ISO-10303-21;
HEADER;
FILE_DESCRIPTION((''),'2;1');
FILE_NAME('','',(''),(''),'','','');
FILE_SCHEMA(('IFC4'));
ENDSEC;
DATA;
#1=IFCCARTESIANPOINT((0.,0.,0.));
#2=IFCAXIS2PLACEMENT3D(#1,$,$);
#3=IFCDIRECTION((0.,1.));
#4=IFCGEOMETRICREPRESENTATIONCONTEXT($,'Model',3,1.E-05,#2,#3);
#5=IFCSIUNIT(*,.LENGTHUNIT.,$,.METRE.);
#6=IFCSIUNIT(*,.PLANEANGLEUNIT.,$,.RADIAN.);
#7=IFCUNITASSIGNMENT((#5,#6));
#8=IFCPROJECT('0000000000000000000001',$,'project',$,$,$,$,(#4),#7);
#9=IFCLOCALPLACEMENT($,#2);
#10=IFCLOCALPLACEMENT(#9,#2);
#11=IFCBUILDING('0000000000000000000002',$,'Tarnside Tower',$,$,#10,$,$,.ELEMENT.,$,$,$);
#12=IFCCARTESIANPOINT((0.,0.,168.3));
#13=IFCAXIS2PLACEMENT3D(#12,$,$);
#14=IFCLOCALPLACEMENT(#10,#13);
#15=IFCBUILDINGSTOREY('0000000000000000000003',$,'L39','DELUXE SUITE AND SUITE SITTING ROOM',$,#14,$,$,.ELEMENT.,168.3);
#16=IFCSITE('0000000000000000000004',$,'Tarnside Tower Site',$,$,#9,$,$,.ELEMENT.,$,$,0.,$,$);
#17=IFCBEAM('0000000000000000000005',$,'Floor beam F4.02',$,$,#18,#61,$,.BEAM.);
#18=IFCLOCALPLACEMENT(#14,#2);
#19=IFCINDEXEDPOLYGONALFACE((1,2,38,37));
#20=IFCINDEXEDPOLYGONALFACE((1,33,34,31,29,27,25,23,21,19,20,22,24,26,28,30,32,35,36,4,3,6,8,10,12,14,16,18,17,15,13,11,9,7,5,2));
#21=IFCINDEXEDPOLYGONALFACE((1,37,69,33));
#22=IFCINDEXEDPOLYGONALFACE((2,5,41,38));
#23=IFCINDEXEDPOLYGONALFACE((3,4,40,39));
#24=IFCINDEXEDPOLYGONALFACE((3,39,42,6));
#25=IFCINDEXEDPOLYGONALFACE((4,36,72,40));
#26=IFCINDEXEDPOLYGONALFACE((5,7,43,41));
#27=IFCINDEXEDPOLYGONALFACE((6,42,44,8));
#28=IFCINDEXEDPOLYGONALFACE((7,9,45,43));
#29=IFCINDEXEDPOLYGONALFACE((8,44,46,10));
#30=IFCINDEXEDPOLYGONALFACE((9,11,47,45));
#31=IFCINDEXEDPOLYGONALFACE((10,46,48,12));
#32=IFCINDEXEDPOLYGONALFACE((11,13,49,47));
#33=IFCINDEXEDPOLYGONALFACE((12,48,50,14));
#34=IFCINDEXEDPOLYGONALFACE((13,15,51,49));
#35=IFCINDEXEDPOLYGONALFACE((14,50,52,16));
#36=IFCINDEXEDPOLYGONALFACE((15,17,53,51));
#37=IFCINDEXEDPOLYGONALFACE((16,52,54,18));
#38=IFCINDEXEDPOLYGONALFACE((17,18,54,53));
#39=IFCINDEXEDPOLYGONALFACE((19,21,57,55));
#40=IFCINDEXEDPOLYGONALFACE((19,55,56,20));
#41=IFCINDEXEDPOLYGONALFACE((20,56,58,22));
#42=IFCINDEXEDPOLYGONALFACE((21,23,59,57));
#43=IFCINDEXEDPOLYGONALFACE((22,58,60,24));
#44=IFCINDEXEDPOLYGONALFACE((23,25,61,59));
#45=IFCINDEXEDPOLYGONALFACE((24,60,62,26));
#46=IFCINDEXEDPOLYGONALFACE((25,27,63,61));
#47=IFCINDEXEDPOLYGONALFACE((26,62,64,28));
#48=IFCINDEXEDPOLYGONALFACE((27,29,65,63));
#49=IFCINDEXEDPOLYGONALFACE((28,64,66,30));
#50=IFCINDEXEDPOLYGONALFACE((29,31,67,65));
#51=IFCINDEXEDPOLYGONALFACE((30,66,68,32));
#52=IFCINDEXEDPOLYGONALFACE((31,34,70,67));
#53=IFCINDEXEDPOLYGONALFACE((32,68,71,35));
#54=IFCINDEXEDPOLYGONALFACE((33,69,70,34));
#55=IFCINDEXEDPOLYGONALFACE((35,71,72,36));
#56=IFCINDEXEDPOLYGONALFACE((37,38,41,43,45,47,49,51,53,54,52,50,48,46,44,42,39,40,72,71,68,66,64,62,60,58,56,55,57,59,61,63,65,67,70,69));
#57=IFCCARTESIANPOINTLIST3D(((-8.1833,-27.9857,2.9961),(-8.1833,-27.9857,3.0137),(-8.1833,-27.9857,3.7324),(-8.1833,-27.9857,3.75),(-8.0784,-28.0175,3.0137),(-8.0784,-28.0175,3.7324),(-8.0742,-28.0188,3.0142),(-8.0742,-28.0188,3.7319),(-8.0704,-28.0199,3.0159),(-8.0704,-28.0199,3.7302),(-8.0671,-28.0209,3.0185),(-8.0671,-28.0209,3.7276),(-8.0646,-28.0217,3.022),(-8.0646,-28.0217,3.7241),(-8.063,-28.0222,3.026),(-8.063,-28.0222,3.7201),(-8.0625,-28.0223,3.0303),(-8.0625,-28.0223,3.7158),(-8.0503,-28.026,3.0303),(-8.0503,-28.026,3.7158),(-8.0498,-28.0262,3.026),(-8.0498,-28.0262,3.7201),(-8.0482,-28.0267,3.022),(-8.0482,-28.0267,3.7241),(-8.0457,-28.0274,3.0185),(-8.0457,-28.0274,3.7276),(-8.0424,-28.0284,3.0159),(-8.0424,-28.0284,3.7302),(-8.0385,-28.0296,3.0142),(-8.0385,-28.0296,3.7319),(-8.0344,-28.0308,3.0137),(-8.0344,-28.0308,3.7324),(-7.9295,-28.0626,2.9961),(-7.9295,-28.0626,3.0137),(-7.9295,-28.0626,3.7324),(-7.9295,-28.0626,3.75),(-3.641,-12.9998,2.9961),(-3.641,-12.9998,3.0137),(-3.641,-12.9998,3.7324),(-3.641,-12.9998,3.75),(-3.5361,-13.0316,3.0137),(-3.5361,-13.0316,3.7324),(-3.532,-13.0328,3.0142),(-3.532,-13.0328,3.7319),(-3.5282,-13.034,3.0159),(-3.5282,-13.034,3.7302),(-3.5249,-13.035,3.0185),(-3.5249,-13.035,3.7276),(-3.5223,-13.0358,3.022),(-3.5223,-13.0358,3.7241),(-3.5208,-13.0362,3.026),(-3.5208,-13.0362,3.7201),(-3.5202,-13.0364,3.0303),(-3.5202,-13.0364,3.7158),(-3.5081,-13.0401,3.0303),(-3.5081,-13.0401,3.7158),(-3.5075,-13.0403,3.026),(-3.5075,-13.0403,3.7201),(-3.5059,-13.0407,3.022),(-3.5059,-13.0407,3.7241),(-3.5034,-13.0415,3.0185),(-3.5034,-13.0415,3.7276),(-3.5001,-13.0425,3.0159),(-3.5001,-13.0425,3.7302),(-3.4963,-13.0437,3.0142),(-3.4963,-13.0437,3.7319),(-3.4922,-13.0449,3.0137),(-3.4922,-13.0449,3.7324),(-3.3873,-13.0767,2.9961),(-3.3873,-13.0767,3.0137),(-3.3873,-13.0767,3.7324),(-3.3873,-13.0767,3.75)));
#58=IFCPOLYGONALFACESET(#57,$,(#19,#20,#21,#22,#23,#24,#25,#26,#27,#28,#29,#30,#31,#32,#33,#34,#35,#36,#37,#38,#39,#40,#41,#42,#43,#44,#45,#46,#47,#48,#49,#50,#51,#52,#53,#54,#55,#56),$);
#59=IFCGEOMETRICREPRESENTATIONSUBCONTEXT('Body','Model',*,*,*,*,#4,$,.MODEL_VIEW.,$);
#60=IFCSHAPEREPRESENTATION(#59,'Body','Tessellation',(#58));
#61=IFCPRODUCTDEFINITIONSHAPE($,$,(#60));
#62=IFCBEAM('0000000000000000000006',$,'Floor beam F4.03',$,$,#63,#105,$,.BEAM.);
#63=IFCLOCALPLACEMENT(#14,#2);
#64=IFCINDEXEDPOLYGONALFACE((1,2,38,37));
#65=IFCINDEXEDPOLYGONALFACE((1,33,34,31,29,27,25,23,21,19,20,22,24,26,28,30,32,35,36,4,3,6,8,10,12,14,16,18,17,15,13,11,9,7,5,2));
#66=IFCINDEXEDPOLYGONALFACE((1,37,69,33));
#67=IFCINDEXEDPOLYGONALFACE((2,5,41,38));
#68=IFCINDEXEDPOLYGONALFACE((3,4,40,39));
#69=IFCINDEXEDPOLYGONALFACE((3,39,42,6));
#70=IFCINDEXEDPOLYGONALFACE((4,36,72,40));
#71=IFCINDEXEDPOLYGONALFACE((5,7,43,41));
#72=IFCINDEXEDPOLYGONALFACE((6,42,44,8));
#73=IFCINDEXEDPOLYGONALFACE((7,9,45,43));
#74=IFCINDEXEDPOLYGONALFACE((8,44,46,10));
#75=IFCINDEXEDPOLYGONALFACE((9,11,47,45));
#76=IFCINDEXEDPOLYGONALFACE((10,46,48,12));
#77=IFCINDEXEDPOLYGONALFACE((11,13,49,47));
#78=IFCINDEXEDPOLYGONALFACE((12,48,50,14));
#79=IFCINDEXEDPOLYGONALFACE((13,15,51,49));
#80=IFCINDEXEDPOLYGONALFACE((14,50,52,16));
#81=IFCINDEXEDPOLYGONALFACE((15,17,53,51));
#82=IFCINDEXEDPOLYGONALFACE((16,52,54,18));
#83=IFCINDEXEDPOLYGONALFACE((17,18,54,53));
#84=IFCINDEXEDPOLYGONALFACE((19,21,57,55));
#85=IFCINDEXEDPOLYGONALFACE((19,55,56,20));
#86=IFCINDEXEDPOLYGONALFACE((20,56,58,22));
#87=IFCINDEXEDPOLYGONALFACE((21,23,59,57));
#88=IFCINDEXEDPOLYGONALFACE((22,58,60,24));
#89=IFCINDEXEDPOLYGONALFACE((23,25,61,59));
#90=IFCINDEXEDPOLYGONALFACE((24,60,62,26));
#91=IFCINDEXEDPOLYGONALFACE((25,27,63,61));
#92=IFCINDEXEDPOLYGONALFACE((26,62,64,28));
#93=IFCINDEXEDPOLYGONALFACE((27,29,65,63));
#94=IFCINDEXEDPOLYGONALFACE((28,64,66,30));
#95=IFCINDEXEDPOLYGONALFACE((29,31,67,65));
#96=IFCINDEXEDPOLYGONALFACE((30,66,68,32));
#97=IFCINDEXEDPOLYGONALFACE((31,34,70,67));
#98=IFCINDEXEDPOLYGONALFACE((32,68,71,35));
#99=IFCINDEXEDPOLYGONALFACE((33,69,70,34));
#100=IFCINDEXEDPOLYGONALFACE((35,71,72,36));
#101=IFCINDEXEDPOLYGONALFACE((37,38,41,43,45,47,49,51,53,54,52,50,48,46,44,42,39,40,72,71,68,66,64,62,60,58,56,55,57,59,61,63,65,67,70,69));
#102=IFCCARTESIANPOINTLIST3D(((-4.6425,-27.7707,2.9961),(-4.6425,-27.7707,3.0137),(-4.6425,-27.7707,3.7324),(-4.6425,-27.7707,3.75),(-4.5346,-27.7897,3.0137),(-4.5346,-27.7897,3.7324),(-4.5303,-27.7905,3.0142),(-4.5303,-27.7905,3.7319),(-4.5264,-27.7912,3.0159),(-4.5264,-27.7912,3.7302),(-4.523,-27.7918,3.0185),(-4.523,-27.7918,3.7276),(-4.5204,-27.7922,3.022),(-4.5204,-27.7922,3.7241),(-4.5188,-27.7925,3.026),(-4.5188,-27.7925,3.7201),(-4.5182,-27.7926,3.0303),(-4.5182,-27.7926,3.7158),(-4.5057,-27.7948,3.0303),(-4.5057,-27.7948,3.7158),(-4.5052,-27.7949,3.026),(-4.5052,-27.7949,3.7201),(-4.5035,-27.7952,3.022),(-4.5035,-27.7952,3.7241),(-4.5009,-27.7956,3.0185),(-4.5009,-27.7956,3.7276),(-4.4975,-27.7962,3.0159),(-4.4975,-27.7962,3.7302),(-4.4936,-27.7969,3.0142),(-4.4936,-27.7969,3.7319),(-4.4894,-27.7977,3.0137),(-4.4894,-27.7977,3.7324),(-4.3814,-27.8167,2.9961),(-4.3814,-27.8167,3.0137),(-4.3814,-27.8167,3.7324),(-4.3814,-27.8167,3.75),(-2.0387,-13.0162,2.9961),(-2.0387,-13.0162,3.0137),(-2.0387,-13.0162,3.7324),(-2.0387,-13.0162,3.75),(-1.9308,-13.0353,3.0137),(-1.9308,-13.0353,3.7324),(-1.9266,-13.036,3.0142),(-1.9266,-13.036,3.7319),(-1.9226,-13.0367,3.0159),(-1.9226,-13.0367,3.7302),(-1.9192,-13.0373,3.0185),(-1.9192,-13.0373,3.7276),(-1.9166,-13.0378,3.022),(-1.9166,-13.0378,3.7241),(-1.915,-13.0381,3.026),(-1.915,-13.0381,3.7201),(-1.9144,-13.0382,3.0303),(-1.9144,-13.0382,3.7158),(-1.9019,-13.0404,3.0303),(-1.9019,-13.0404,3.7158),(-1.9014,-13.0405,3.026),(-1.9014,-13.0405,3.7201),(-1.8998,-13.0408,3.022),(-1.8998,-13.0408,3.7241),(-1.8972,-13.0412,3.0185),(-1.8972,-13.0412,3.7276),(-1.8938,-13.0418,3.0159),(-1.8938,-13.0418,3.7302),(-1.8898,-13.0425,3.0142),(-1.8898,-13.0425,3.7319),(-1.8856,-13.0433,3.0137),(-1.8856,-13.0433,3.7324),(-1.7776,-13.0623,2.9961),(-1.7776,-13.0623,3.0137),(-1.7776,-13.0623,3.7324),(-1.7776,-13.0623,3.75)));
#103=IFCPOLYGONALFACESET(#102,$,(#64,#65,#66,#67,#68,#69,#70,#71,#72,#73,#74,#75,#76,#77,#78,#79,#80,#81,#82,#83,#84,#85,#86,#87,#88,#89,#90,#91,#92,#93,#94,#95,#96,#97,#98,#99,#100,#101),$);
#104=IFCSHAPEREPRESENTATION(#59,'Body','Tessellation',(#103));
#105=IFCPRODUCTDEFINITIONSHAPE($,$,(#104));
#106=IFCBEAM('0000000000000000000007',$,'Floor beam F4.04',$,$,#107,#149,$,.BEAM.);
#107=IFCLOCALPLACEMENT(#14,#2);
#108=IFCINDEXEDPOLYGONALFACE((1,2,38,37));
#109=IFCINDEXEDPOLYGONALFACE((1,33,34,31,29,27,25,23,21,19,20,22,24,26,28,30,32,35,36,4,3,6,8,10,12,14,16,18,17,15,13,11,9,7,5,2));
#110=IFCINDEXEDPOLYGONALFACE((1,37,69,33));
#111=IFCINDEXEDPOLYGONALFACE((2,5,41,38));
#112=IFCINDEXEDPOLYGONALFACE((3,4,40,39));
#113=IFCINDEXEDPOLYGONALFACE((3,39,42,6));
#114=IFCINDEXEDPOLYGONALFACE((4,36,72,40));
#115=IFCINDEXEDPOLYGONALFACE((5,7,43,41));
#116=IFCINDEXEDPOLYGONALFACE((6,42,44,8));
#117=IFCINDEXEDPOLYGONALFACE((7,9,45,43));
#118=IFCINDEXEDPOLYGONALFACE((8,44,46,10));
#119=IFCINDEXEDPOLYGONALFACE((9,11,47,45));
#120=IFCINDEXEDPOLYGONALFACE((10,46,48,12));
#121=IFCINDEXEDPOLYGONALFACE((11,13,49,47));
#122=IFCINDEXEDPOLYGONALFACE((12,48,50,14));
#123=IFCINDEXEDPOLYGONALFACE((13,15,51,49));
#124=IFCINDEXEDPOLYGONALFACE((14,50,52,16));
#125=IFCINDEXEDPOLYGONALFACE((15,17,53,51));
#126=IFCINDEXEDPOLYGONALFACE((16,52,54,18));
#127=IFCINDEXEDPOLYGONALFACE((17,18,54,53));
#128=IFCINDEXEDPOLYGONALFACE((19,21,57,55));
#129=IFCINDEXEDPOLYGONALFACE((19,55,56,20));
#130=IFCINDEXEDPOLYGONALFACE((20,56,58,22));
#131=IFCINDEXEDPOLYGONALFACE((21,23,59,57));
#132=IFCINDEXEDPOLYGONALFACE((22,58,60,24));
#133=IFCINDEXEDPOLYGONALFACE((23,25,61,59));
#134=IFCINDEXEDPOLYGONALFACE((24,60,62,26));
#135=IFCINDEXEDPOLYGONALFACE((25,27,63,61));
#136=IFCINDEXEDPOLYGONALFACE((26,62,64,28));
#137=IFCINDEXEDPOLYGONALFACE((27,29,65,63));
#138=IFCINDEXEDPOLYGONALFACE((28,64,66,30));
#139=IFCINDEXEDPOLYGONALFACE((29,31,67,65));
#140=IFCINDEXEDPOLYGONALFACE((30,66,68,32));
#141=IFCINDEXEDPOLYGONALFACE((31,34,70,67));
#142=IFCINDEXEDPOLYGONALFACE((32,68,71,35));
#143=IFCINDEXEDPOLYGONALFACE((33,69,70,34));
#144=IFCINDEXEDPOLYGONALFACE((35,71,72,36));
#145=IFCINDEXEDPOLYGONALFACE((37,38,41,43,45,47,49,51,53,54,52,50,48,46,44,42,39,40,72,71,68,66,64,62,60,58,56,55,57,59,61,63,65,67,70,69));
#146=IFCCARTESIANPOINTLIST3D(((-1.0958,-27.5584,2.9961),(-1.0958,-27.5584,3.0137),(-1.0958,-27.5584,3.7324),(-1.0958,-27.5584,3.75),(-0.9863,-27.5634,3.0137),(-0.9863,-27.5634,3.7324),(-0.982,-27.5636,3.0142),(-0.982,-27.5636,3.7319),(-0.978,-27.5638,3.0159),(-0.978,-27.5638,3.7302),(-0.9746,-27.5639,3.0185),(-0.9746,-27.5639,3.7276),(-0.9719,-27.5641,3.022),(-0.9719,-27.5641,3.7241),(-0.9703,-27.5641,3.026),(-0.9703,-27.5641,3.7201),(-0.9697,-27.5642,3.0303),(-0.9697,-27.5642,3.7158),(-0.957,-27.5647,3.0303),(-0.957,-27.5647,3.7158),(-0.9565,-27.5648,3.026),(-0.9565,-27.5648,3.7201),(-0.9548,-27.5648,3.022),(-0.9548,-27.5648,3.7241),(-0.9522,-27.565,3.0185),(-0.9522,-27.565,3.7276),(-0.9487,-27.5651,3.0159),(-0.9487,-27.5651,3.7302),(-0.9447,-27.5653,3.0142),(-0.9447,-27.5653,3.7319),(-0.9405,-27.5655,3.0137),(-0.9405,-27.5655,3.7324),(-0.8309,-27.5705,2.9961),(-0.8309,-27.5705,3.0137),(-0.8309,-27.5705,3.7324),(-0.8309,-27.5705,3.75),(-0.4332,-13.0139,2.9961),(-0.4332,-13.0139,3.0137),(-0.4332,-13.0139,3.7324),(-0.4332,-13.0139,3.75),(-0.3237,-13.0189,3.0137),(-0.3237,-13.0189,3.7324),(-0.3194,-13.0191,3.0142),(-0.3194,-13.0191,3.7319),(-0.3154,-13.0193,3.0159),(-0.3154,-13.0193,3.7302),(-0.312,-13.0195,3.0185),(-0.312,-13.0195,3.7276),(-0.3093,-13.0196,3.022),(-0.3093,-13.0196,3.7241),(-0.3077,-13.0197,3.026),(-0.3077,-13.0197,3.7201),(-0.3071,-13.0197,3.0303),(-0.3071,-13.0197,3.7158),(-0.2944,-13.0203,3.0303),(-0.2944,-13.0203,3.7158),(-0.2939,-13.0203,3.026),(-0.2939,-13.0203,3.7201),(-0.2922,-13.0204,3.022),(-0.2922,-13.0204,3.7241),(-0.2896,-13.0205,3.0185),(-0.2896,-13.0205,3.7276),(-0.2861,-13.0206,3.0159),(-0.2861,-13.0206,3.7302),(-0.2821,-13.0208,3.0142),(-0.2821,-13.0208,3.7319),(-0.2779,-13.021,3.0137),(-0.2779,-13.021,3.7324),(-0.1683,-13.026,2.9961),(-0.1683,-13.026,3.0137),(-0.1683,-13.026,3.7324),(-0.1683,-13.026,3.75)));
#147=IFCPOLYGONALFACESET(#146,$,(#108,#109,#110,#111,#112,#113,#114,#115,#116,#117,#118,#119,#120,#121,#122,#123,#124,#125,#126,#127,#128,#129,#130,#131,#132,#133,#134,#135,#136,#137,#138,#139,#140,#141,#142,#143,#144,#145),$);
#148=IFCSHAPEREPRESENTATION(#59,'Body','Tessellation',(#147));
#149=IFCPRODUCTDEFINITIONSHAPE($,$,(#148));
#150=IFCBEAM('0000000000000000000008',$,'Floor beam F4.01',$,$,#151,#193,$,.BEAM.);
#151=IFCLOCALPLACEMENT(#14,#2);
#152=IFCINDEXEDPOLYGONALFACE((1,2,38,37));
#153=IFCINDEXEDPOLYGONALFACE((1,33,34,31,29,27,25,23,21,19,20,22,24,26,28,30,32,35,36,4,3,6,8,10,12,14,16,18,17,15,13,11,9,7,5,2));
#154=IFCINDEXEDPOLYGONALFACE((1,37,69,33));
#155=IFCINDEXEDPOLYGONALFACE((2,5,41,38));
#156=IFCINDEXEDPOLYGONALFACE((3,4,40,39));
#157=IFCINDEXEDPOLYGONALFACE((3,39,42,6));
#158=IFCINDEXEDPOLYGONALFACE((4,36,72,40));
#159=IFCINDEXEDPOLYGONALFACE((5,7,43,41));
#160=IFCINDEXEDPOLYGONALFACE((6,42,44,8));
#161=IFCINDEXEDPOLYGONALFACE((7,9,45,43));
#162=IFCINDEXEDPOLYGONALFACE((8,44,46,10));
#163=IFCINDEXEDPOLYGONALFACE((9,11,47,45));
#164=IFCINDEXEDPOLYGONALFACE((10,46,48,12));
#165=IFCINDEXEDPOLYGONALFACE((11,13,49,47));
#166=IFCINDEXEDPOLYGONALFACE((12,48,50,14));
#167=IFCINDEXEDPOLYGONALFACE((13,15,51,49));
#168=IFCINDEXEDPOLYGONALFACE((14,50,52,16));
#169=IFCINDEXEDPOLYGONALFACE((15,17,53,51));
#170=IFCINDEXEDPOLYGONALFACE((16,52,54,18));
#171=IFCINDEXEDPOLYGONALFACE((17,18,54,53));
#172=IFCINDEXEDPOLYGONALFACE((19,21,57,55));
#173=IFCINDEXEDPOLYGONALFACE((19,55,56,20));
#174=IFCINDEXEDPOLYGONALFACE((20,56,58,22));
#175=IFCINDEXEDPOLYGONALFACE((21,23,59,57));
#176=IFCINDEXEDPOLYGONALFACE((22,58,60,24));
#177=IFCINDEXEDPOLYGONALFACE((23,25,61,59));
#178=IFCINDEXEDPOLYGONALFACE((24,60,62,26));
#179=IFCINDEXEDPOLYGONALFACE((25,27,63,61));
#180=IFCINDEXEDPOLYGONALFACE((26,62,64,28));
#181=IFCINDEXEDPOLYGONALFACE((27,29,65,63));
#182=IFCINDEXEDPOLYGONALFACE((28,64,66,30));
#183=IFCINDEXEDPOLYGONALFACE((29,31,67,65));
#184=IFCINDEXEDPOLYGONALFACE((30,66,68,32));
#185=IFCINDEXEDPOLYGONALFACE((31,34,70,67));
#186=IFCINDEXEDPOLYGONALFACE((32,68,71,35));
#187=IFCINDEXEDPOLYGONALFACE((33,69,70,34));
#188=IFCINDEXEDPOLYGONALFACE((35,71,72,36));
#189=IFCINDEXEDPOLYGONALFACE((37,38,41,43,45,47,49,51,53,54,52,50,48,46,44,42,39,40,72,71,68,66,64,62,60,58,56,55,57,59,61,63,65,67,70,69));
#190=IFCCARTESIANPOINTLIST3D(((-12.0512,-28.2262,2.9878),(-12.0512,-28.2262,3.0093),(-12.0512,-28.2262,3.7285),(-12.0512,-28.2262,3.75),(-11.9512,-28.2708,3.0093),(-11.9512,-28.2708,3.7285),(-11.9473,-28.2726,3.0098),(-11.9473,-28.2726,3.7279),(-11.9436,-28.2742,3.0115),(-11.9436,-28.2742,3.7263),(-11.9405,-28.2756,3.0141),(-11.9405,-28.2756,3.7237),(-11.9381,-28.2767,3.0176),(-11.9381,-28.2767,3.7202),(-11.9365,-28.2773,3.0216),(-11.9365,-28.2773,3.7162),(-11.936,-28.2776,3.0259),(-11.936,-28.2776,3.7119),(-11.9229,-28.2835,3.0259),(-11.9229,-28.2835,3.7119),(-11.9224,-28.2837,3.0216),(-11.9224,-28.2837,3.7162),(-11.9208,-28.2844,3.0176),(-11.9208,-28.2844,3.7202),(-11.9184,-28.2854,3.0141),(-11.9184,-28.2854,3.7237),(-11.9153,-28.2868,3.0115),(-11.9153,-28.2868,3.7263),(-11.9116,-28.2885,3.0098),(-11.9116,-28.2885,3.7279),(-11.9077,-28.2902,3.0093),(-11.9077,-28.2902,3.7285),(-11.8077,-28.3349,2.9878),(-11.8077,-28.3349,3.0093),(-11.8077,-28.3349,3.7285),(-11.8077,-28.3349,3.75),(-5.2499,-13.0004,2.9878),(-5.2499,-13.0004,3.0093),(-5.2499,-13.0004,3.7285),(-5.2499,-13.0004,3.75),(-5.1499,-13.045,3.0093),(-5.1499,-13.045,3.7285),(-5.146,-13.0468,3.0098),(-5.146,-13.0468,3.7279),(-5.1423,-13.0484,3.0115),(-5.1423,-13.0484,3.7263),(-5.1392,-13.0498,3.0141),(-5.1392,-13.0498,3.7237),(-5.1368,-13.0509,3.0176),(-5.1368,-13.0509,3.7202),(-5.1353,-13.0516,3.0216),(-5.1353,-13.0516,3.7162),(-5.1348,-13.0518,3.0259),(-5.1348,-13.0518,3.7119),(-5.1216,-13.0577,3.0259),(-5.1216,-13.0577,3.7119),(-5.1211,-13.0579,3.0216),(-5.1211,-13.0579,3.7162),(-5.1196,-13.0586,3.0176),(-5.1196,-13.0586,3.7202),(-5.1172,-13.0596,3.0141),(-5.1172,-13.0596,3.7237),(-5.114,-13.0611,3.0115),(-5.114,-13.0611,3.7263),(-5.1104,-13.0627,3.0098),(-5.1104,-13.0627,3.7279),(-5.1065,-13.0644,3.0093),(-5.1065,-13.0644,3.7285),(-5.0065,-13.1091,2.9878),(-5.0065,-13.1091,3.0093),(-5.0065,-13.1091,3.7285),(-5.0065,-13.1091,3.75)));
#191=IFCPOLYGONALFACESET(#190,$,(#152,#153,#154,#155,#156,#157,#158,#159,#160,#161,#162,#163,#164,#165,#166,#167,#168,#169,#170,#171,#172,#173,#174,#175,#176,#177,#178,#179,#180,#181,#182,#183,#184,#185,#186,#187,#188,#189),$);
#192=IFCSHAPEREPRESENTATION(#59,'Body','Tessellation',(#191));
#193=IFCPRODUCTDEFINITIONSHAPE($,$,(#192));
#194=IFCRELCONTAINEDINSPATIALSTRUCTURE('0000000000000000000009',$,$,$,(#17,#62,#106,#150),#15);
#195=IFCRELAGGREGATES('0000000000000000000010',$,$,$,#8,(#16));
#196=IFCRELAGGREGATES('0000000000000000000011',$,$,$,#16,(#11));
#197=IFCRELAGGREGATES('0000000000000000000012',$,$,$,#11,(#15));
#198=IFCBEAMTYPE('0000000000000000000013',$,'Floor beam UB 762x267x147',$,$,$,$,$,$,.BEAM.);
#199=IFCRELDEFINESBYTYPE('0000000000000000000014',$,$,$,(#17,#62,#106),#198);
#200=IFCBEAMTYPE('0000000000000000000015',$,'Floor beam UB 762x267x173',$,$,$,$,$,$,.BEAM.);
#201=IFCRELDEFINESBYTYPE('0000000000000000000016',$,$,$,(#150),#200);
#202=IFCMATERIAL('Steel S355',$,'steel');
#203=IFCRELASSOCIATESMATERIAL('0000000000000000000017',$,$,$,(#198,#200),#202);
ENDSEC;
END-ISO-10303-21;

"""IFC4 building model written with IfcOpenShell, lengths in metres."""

from ifc_helpers import new_model, si_unit, direction, frame, origin, origin_2d, place, context, subcontext, project, spatial, i_section, extrude, material, material_profile, profile_set, type_object, element, save


model = new_model("IFC4")

# Units and contexts
model_context = context("Model", 3, precision=1e-05, world=origin(), true_north=direction((0.0, 1.0)))
body_context = subcontext(model_context, "Body", "Model", "MODEL_VIEW")
ifc_project = project(units=[si_unit("LENGTHUNIT", "METRE"), si_unit("PLANEANGLEUNIT", "RADIAN")], contexts=[model_context])

# Site, building, storey
site_placement = place(None, origin())
site = spatial("IfcSite", under=ifc_project, at=site_placement, Name="Tarnside Tower Site", CompositionType="ELEMENT", RefElevation=0.0)
building_placement = place(site_placement, origin())
building = spatial("IfcBuilding", under=site, at=building_placement, Name="Tarnside Tower", CompositionType="ELEMENT")
storey_placement = place(building_placement, frame((0.0, 0.0, 168.3)))
storey = spatial("IfcBuildingStorey", under=building, at=storey_placement, Name="L39", Description="DELUXE SUITE AND SUITE SITTING ROOM", CompositionType="ELEMENT", Elevation=168.3)

# Beams
ifc_material_1 = material(Name="Steel S355", Category="steel")
ifc_material_profile_1 = material_profile(ifc_material_1, i_section(OverallWidth=0.2651, OverallDepth=0.7539, WebThickness=0.0127, FlangeThickness=0.0176, FilletRadius=0.0166, at=origin_2d()), Name="UB 762x267x147")
ifc_profile_set_1 = profile_set([ifc_material_profile_1], Name="Steel S355")
beam_type_1 = type_object("IfcBeamType", Name="Floor beam UB 762x267x147", PredefinedType="BEAM", material=ifc_profile_set_1)
beam_1_placement = place(storey_placement, frame((-8.0564, -28.0242, 3.373), z_axis=(0.29007, 0.957005, 0.0), x_axis=(-0.957005, 0.29007, 0.0)))
element("IfcBeam", 1, at=beam_1_placement, inside=storey, type_object=beam_type_1, Name="Floor beam F4.02", PredefinedType="BEAM", context=body_context, shape_type="SweptSolid", body=[
    extrude(i_section(OverallWidth=0.2651, OverallDepth=0.7539, WebThickness=0.0127, FlangeThickness=0.0176, FilletRadius=0.0166, at=origin_2d()), origin(), (0.0, 0.0, 1.0), 15.6592),
])
beam_2_placement = place(storey_placement, frame((-4.512, -27.7937, 3.373), z_axis=(0.173788, 0.984783, 0.0), x_axis=(-0.984783, 0.173788, 0.0)))
element("IfcBeam", 2, at=beam_2_placement, inside=storey, type_object=beam_type_1, Name="Floor beam F4.03", PredefinedType="BEAM", context=body_context, shape_type="SweptSolid", body=[
    extrude(i_section(OverallWidth=0.2651, OverallDepth=0.7539, WebThickness=0.0127, FlangeThickness=0.0176, FilletRadius=0.0166, at=origin_2d()), origin(), (0.0, 0.0, 1.0), 14.9824),
])
beam_3_placement = place(storey_placement, frame((-0.9634, -27.5645, 3.373), z_axis=(0.04551, 0.998964, 0.0), x_axis=(-0.998964, 0.04551, 0.0)))
element("IfcBeam", 3, at=beam_3_placement, inside=storey, type_object=beam_type_1, Name="Floor beam F4.04", PredefinedType="BEAM", context=body_context, shape_type="SweptSolid", body=[
    extrude(i_section(OverallWidth=0.2651, OverallDepth=0.7539, WebThickness=0.0127, FlangeThickness=0.0176, FilletRadius=0.0166, at=origin_2d()), origin(), (0.0, 0.0, 1.0), 14.5596),
])
ifc_material_profile_2 = material_profile(ifc_material_1, i_section(OverallWidth=0.2666, OverallDepth=0.7622, WebThickness=0.0144, FlangeThickness=0.0215, FilletRadius=0.0166, at=origin_2d()), Name="UB 762x267x173")
ifc_profile_set_2 = profile_set([ifc_material_profile_2], Name="Steel S355")
beam_type_2 = type_object("IfcBeamType", Name="Floor beam UB 762x267x173", PredefinedType="BEAM", material=ifc_profile_set_2)
beam_4_placement = place(storey_placement, frame((-11.9294, -28.2805, 3.3689), z_axis=(0.407852, 0.913048, 0.0), x_axis=(-0.913048, 0.407852, 0.0)))
element("IfcBeam", 4, at=beam_4_placement, inside=storey, type_object=beam_type_2, Name="Floor beam F4.01", PredefinedType="BEAM", context=body_context, shape_type="SweptSolid", body=[
    extrude(i_section(OverallWidth=0.2666, OverallDepth=0.7622, WebThickness=0.0144, FlangeThickness=0.0215, FilletRadius=0.0166, at=origin_2d()), origin(), (0.0, 0.0, 1.0), 16.6758),
])

save(model, "model.ifc")
